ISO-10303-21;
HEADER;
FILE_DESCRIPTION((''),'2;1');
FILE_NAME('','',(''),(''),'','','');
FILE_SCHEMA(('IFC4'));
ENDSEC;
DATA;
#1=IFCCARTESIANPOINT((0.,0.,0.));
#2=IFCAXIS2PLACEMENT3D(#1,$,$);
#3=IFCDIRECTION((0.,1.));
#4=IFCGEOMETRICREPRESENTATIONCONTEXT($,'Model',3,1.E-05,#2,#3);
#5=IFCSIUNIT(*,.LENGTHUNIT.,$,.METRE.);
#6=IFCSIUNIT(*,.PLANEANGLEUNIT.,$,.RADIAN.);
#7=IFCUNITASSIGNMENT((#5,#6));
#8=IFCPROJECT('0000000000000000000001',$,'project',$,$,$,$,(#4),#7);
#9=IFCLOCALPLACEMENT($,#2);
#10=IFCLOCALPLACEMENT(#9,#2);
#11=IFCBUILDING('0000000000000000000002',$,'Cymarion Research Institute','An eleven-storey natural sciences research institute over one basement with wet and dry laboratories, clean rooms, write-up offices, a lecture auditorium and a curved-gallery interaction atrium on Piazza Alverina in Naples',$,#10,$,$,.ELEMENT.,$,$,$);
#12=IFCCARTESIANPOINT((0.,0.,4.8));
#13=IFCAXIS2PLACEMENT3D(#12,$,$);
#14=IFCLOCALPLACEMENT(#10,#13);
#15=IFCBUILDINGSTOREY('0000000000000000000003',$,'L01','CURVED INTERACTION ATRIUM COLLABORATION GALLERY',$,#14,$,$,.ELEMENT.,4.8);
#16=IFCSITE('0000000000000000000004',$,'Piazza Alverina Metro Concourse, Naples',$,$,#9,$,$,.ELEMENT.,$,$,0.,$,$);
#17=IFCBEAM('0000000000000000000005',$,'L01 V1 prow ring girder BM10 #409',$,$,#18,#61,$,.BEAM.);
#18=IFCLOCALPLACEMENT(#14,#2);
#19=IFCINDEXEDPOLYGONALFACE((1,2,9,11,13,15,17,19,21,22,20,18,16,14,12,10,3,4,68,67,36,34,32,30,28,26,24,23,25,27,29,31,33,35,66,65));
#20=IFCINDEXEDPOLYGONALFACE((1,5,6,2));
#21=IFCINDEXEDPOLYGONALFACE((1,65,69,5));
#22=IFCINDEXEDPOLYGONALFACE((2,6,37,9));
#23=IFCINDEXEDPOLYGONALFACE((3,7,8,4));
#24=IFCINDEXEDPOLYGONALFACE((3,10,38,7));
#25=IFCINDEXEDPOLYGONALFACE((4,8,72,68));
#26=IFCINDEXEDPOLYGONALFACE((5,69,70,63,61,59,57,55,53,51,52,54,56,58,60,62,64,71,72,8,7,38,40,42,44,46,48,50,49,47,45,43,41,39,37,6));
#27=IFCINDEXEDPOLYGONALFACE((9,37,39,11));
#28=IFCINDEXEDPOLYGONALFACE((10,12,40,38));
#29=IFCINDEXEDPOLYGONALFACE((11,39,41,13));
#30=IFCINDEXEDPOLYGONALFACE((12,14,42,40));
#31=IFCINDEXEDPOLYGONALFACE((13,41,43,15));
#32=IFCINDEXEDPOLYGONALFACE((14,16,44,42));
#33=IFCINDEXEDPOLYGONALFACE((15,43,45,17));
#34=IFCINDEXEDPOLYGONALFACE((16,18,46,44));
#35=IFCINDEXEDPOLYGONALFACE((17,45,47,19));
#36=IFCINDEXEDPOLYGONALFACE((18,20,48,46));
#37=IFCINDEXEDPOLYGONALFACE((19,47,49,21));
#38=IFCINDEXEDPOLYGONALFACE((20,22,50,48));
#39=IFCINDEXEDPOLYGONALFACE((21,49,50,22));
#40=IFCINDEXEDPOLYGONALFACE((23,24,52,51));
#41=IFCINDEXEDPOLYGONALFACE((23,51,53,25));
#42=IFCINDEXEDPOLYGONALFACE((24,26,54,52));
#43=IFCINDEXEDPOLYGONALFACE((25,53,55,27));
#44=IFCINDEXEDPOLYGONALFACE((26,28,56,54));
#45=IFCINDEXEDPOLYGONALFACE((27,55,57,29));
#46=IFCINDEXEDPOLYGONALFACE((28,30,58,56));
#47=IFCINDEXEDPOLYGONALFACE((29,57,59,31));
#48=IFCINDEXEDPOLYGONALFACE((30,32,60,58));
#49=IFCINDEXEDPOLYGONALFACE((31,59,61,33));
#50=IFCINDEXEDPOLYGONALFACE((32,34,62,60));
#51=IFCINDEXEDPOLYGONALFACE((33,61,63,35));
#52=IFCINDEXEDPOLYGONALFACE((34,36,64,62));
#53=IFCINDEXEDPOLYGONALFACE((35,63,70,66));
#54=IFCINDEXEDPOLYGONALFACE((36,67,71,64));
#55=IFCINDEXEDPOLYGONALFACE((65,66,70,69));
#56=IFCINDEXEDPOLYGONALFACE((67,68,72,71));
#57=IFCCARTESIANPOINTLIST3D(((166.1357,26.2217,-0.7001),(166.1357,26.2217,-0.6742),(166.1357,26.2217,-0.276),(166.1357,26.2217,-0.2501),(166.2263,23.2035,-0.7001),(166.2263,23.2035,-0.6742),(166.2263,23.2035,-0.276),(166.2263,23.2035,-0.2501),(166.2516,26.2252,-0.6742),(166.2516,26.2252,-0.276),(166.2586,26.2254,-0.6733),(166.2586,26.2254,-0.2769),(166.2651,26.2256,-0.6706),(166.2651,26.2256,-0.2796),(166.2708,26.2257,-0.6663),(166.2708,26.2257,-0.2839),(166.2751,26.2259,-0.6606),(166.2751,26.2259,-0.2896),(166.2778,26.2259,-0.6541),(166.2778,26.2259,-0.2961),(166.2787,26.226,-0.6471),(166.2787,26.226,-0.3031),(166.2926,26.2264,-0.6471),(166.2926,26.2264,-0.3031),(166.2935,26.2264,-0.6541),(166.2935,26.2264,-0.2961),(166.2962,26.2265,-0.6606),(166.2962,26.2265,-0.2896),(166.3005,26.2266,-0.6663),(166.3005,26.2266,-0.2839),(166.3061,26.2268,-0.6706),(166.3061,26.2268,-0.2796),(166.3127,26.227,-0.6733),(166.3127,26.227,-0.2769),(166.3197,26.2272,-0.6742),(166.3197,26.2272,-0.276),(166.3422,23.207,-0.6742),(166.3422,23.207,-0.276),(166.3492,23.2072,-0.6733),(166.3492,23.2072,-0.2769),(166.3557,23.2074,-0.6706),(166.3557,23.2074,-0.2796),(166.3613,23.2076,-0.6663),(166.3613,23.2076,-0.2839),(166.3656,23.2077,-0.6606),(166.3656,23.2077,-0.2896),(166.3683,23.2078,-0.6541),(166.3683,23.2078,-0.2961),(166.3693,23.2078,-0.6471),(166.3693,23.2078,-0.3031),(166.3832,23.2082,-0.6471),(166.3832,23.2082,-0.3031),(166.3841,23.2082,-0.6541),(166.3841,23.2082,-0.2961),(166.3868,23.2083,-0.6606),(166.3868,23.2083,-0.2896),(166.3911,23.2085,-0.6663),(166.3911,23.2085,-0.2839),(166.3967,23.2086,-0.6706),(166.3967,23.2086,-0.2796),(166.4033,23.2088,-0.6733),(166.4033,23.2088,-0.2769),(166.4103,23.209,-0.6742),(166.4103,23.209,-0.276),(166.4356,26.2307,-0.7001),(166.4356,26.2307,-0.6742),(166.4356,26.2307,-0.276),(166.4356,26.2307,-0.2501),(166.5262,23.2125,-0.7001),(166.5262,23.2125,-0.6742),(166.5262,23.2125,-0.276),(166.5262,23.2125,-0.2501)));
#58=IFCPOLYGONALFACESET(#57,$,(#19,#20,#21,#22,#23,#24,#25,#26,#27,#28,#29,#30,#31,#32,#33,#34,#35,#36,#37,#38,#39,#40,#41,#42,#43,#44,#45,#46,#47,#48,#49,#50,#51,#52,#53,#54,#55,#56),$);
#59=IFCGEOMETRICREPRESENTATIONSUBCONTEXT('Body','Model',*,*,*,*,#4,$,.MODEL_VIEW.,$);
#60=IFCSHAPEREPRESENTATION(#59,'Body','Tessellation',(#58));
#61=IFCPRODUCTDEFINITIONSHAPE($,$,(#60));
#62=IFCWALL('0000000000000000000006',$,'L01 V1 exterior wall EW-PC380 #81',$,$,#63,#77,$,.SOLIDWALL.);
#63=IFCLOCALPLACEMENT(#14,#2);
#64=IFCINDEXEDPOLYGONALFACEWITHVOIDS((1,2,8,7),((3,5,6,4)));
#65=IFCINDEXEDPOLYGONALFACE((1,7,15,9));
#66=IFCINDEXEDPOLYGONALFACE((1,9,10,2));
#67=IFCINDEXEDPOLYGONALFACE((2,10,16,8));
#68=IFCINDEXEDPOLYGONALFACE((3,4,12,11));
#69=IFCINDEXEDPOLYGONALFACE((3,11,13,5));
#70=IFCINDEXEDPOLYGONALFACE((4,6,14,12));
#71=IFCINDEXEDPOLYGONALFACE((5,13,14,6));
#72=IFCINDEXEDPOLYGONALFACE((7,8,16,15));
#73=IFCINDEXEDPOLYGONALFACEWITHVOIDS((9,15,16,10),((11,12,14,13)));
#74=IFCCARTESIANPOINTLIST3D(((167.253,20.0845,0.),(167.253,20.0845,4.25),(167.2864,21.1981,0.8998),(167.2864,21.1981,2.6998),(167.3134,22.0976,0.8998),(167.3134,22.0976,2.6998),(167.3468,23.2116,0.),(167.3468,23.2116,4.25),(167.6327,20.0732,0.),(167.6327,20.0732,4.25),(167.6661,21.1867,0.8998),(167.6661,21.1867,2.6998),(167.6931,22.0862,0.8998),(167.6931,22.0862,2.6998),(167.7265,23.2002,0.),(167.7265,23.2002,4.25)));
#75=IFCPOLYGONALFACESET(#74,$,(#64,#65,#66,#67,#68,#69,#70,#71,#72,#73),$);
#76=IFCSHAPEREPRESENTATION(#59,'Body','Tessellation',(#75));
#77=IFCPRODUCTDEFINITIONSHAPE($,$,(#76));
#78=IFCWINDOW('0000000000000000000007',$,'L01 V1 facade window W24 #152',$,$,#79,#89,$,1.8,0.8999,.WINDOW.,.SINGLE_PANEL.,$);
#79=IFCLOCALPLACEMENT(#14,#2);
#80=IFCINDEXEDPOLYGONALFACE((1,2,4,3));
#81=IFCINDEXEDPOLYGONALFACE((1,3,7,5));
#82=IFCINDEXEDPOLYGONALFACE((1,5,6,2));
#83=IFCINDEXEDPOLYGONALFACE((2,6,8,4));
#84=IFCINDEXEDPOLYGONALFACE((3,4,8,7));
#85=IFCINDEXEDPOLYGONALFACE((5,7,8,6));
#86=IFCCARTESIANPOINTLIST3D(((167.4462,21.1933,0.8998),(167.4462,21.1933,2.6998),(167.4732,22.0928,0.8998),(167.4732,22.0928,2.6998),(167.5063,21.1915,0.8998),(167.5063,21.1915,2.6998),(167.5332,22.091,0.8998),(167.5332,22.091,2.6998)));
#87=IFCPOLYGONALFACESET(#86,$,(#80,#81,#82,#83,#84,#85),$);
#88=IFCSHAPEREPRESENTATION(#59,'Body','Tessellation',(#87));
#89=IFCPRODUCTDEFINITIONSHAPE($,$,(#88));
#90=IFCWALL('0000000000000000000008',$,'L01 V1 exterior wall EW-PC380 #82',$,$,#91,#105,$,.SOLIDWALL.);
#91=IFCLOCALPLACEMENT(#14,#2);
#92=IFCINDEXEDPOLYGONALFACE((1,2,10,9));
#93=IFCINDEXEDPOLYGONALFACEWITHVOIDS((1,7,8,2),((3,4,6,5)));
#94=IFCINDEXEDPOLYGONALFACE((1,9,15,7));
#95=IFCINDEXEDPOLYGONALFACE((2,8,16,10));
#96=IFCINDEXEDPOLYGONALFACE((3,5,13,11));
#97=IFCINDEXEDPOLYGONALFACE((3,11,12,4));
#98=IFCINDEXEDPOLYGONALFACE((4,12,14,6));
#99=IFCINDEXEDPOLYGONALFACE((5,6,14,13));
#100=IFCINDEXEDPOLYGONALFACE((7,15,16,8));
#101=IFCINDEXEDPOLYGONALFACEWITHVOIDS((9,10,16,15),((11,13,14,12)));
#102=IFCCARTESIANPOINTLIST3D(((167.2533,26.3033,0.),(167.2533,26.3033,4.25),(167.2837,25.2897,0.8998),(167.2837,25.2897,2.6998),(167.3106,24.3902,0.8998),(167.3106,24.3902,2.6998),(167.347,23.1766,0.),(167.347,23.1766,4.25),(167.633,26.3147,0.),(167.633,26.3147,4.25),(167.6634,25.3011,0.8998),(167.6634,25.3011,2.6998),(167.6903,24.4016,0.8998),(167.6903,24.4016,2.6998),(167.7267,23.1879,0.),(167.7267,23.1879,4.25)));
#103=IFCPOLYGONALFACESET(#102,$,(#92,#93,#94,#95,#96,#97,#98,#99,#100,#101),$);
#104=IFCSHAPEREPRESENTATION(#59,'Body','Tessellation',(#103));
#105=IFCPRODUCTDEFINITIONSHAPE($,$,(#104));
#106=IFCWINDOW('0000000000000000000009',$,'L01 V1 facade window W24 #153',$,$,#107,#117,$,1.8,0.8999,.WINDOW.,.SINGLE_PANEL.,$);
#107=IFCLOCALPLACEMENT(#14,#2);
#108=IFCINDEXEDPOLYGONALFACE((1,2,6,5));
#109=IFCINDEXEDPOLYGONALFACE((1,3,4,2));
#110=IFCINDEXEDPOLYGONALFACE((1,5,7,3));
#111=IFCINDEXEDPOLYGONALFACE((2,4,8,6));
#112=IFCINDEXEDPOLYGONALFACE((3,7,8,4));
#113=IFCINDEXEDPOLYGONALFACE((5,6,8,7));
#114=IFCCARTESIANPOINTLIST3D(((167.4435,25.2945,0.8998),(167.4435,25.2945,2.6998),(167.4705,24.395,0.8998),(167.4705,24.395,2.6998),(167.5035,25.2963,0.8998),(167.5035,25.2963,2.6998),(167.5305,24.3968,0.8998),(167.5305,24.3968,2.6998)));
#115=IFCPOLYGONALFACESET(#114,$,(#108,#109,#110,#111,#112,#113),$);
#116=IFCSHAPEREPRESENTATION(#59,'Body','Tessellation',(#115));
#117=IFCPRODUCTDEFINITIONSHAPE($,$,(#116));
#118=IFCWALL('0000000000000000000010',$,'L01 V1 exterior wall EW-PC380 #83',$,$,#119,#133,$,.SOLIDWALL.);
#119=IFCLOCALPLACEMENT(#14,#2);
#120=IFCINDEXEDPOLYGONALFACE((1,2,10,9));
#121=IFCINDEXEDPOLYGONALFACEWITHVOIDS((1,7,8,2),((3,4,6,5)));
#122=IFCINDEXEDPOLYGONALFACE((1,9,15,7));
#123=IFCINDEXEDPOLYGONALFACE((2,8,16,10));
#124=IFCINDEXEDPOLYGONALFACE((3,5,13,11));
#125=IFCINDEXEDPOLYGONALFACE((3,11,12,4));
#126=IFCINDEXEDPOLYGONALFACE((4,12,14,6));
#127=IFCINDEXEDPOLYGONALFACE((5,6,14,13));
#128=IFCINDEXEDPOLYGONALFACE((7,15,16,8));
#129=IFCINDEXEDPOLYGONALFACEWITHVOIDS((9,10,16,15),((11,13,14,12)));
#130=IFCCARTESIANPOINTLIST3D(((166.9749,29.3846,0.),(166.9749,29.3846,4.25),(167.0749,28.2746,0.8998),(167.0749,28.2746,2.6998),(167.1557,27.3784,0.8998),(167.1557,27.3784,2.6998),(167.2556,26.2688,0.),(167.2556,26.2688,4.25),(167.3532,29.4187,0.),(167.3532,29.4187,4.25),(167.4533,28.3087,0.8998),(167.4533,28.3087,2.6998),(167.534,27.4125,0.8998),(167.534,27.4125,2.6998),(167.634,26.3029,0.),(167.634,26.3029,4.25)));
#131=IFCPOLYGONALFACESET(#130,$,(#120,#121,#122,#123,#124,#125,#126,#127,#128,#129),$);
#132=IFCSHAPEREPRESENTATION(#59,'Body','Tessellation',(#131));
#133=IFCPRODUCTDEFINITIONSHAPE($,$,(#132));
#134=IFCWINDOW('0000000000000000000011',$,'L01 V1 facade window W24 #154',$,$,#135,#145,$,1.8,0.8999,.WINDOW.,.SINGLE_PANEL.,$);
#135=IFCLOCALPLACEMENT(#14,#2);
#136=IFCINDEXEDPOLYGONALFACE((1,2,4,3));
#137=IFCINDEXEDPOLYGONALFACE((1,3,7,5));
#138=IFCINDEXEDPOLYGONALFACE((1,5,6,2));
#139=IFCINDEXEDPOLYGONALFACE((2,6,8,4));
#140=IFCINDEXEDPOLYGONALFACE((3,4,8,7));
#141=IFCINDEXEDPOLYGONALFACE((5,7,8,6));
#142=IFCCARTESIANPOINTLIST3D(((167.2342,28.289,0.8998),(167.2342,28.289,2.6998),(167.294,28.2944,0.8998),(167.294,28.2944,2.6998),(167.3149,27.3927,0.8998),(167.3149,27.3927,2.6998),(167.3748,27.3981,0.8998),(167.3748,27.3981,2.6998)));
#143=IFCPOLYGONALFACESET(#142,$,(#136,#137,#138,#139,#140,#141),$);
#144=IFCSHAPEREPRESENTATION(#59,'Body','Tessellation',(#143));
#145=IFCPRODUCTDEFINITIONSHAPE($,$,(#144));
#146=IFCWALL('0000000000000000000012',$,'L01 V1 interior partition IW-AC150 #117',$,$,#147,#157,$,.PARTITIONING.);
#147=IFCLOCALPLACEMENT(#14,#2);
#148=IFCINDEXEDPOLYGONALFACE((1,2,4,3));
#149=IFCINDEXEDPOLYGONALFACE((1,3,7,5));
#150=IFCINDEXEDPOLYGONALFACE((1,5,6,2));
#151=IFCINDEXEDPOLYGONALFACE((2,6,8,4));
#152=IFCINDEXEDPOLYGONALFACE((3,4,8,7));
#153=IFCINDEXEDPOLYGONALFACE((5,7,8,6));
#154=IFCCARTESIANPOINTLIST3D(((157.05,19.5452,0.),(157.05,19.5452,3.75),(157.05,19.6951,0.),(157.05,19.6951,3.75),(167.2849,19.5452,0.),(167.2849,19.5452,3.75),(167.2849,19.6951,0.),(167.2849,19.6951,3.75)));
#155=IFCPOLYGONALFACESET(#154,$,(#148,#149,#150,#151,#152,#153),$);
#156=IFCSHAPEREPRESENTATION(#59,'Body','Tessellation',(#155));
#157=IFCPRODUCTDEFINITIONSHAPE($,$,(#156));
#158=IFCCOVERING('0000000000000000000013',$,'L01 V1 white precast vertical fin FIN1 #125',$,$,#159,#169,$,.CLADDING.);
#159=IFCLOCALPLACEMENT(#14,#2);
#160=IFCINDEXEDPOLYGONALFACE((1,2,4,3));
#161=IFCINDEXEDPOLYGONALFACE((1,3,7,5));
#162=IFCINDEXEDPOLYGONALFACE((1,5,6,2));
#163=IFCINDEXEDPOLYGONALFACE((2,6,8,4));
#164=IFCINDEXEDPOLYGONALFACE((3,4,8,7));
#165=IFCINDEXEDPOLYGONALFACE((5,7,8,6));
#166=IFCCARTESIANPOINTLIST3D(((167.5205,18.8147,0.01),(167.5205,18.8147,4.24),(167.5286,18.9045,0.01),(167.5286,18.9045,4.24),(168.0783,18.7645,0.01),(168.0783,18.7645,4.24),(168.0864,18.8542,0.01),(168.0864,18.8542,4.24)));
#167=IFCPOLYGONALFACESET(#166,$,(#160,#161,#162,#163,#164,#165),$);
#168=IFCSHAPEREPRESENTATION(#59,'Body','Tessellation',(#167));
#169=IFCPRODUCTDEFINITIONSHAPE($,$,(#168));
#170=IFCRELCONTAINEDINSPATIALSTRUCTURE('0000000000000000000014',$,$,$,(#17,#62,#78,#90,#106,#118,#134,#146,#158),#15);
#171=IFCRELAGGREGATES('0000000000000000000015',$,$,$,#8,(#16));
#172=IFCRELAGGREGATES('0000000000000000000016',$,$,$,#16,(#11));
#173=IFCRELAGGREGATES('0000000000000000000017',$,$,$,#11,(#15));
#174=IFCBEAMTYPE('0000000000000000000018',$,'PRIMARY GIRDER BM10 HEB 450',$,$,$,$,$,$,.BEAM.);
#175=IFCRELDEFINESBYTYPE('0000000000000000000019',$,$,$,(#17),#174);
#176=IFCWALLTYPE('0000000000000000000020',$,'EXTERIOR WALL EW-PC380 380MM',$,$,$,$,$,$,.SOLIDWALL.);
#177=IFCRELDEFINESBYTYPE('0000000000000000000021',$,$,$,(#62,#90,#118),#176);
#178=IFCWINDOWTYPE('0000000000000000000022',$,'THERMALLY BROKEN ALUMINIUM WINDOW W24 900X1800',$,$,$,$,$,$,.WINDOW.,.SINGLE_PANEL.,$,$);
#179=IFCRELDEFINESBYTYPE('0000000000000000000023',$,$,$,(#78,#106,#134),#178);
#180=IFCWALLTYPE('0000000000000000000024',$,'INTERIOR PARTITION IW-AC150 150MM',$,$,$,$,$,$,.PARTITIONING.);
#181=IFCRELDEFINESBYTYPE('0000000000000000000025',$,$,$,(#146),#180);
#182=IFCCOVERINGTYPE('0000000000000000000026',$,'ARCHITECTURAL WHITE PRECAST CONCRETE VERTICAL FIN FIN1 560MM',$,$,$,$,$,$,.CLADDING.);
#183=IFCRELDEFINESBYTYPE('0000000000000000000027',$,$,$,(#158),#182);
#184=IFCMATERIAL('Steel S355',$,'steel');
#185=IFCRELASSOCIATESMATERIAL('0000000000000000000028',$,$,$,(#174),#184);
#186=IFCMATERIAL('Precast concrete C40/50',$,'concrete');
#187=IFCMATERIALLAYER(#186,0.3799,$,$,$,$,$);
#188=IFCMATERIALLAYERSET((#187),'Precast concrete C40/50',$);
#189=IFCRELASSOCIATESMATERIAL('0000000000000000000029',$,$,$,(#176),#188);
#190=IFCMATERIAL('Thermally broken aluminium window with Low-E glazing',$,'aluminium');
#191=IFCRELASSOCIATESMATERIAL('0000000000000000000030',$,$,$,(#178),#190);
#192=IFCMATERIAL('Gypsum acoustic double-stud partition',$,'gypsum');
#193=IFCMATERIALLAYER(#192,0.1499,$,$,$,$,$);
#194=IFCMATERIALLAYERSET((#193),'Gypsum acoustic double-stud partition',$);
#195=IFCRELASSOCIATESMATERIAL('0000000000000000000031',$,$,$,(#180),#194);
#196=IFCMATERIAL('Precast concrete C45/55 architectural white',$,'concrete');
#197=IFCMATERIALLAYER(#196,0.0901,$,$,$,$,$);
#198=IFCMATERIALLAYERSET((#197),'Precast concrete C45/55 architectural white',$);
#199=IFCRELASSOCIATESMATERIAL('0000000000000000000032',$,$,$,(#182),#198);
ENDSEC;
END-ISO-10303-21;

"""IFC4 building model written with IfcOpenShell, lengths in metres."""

from ifc_helpers import new_model, si_unit, direction, frame, frame_2d, origin, origin_2d, place, context, subcontext, project, spatial, rectangle, i_section, extrude, material, layer, layer_set, material_profile, profile_set, type_object, element, fill, save


model = new_model("IFC4")

# Units and contexts
model_context = context("Model", 3, precision=1e-05, world=origin(), true_north=direction((0.0, 1.0)))
body_context = subcontext(model_context, "Body", "Model", "MODEL_VIEW")
ifc_project = project(units=[si_unit("LENGTHUNIT", "METRE"), si_unit("PLANEANGLEUNIT", "RADIAN")], contexts=[model_context])

# Site, building, storey
site_placement = place(None, origin())
site = spatial("IfcSite", under=ifc_project, at=site_placement, Name="Piazza Alverina Metro Concourse, Naples", CompositionType="ELEMENT", RefElevation=0.0)
building_placement = place(site_placement, origin())
building = spatial("IfcBuilding", under=site, at=building_placement, Name="Cymarion Research Institute", Description="An eleven-storey natural sciences research institute over one basement with wet and dry laboratories, clean rooms, write-up offices, a lecture auditorium and a curved-gallery interaction atrium on Piazza Alverina in Naples", CompositionType="ELEMENT")
storey_placement = place(building_placement, frame((0.0, 0.0, 4.8)))
storey = spatial("IfcBuildingStorey", under=building, at=storey_placement, Name="L01", Description="CURVED INTERACTION ATRIUM COLLABORATION GALLERY", CompositionType="ELEMENT", Elevation=4.8)

# Shared definitions
ifc_material_1 = material(Name="Steel S355", Category="steel")

# Beam
ifc_material_profile_1 = material_profile(ifc_material_1, i_section(OverallWidth=0.3, OverallDepth=0.45, WebThickness=0.0139, FlangeThickness=0.0259, FilletRadius=0.0271, at=origin_2d()), Name="HEB 450")
ifc_profile_set_1 = profile_set([ifc_material_profile_1], Name="Steel S355")
beam_type = type_object("IfcBeamType", Name="PRIMARY GIRDER BM10 HEB 450", PredefinedType="BEAM", material=ifc_profile_set_1)
beam_1_placement = place(storey_placement, frame((166.3762, 23.208, -0.4751), z_axis=(-0.029998, 0.99955, 0.0), x_axis=(-0.99955, -0.029998, 0.0)))
element("IfcBeam", 1, at=beam_1_placement, inside=storey, type_object=beam_type, Name="L01 V1 prow ring girder BM10 #409", PredefinedType="BEAM", context=body_context, shape_type="SweptSolid", body=[
    extrude(i_section(OverallWidth=0.3, OverallDepth=0.45, WebThickness=0.0139, FlangeThickness=0.0259, FilletRadius=0.0271, at=origin_2d()), origin(), (0.0, 0.0, 1.0), 3.0195),
])

# Walls, openings, windows
ifc_material_2 = material(Name="Precast concrete C40/50", Category="concrete")
ifc_layer_1 = layer(ifc_material_2, 0.3799)
ifc_layer_set_1 = layer_set([ifc_layer_1], Name="Precast concrete C40/50")
wall_type_1 = type_object("IfcWallType", Name="EXTERIOR WALL EW-PC380 380MM", PredefinedType="SOLIDWALL", material=ifc_layer_set_1)
wall_1_placement = place(storey_placement, frame((167.4429, 20.0789, 0.0), z_axis=(0.0, 0.0, 1.0), x_axis=(0.029968, 0.999551, 0.0)))
wall_1 = element("IfcWall", 2, at=wall_1_placement, inside=storey, type_object=wall_type_1, Name="L01 V1 exterior wall EW-PC380 #81", PredefinedType="SOLIDWALL", context=body_context, shape_type="SweptSolid", body=[
    extrude(rectangle(XDim=3.1284, YDim=0.3799, at=frame_2d((1.5642, 0.0))), origin(), (0.0, 0.0, 1.0), 4.25),
])
opening_1_placement = place(wall_1_placement, frame((1.114, 0.0, 0.8999)))
opening_1 = element("IfcOpeningElement", 3, at=opening_1_placement, cuts=wall_1, PredefinedType="OPENING", context=body_context, shape_type="SweptSolid", body=[
    extrude(rectangle(XDim=0.8999, YDim=1.8, at=frame_2d((0.45, 0.8999))), frame((0.0, 0.2, 0.0), z_axis=(0.0, -1.0, 0.0), x_axis=(1.0, 0.0, 0.0)), (0.0, 0.0, 1.0), 0.3999),
])
ifc_material_3 = material(Name="Thermally broken aluminium window with Low-E glazing", Category="aluminium")
window_type = type_object("IfcWindowType", Name="THERMALLY BROKEN ALUMINIUM WINDOW W24 900X1800", PartitioningType="SINGLE_PANEL", PredefinedType="WINDOW", material=ifc_material_3)
window_1_placement = place(opening_1_placement, origin())
window_1 = element("IfcWindow", 4, at=window_1_placement, inside=storey, type_object=window_type, Name="L01 V1 facade window W24 #152", OverallHeight=1.8, OverallWidth=0.8999, PartitioningType="SINGLE_PANEL", PredefinedType="WINDOW", context=body_context, shape_type="SweptSolid", body=[
    extrude(rectangle(XDim=0.8999, YDim=1.8, at=frame_2d((0.45, 0.8999))), frame((0.0, 0.03, 0.0), z_axis=(0.0, -1.0, 0.0), x_axis=(1.0, 0.0, 0.0)), (0.0, 0.0, 1.0), 0.0601),
])
fill(opening_1, window_1)
wall_2_placement = place(storey_placement, frame((167.5369, 23.1824, 0.0), z_axis=(0.0, 0.0, 1.0), x_axis=(-0.02997, 0.999551, 0.0)))
wall_2 = element("IfcWall", 5, at=wall_2_placement, inside=storey, type_object=wall_type_1, Name="L01 V1 exterior wall EW-PC380 #82", PredefinedType="SOLIDWALL", context=body_context, shape_type="SweptSolid", body=[
    extrude(rectangle(XDim=3.1282, YDim=0.3799, at=frame_2d((1.564, 0.0))), origin(), (0.0, 0.0, 1.0), 4.25),
])
opening_2_placement = place(wall_2_placement, frame((1.2141, 0.0, 0.8999)))
opening_2 = element("IfcOpeningElement", 6, at=opening_2_placement, cuts=wall_2, PredefinedType="OPENING", context=body_context, shape_type="SweptSolid", body=[
    extrude(rectangle(XDim=0.8999, YDim=1.8, at=frame_2d((0.45, 0.8999))), frame((0.0, 0.2, 0.0), z_axis=(0.0, -1.0, 0.0), x_axis=(1.0, 0.0, 0.0)), (0.0, 0.0, 1.0), 0.3999),
])
window_2_placement = place(opening_2_placement, origin())
window_2 = element("IfcWindow", 7, at=window_2_placement, inside=storey, type_object=window_type, Name="L01 V1 facade window W24 #153", OverallHeight=1.8, OverallWidth=0.8999, PartitioningType="SINGLE_PANEL", PredefinedType="WINDOW", context=body_context, shape_type="SweptSolid", body=[
    extrude(rectangle(XDim=0.8999, YDim=1.8, at=frame_2d((0.45, 0.8999))), frame((0.0, 0.03, 0.0), z_axis=(0.0, -1.0, 0.0), x_axis=(1.0, 0.0, 0.0)), (0.0, 0.0, 1.0), 0.0601),
])
fill(opening_2, window_2)
wall_3_placement = place(storey_placement, frame((167.4448, 26.2859, 0.0), z_axis=(0.0, 0.0, 1.0), x_axis=(-0.089748, 0.995965, 0.0)))
wall_3 = element("IfcWall", 8, at=wall_3_placement, inside=storey, type_object=wall_type_1, Name="L01 V1 exterior wall EW-PC380 #83", PredefinedType="SOLIDWALL", context=body_context, shape_type="SweptSolid", body=[
    extrude(rectangle(XDim=3.1284, YDim=0.3799, at=frame_2d((1.5642, 0.0))), origin(), (0.0, 0.0, 1.0), 4.25),
])
opening_3_placement = place(wall_3_placement, frame((1.114, 0.0, 0.8999)))
opening_3 = element("IfcOpeningElement", 9, at=opening_3_placement, cuts=wall_3, PredefinedType="OPENING", context=body_context, shape_type="SweptSolid", body=[
    extrude(rectangle(XDim=0.8999, YDim=1.8, at=frame_2d((0.45, 0.8999))), frame((0.0, 0.2, 0.0), z_axis=(0.0, -1.0, 0.0), x_axis=(1.0, 0.0, 0.0)), (0.0, 0.0, 1.0), 0.3999),
])
window_3_placement = place(opening_3_placement, origin())
window_3 = element("IfcWindow", 10, at=window_3_placement, inside=storey, type_object=window_type, Name="L01 V1 facade window W24 #154", OverallHeight=1.8, OverallWidth=0.8999, PartitioningType="SINGLE_PANEL", PredefinedType="WINDOW", context=body_context, shape_type="SweptSolid", body=[
    extrude(rectangle(XDim=0.8999, YDim=1.8, at=frame_2d((0.45, 0.8999))), frame((0.0, 0.03, 0.0), z_axis=(0.0, -1.0, 0.0), x_axis=(1.0, 0.0, 0.0)), (0.0, 0.0, 1.0), 0.0601),
])
fill(opening_3, window_3)

# Wall
ifc_material_4 = material(Name="Gypsum acoustic double-stud partition", Category="gypsum")
ifc_layer_2 = layer(ifc_material_4, 0.1499)
ifc_layer_set_2 = layer_set([ifc_layer_2], Name="Gypsum acoustic double-stud partition")
wall_type_2 = type_object("IfcWallType", Name="INTERIOR PARTITION IW-AC150 150MM", PredefinedType="PARTITIONING", material=ifc_layer_set_2)
wall_4_placement = place(storey_placement, frame((157.05, 19.6201, 0.0), z_axis=(0.0, 0.0, 1.0), x_axis=(1.0, 0.0, 0.0)))
element("IfcWall", 11, at=wall_4_placement, inside=storey, type_object=wall_type_2, Name="L01 V1 interior partition IW-AC150 #117", PredefinedType="PARTITIONING", context=body_context, shape_type="SweptSolid", body=[
    extrude(rectangle(XDim=10.2349, YDim=0.1499, at=frame_2d((5.1174, 0.0))), origin(), (0.0, 0.0, 1.0), 3.75),
])

# Covering
ifc_material_5 = material(Name="Precast concrete C45/55 architectural white", Category="concrete")
ifc_layer_3 = layer(ifc_material_5, 0.0901)
ifc_layer_set_3 = layer_set([ifc_layer_3], Name="Precast concrete C45/55 architectural white")
covering_type = type_object("IfcCoveringType", Name="ARCHITECTURAL WHITE PRECAST CONCRETE VERTICAL FIN FIN1 560MM", PredefinedType="CLADDING", material=ifc_layer_set_3)
for number, where, z_axis, x_axis, name in (
    (12, (167.8035, 18.8345, 0.01), (0.0, 0.0, 1.0), (0.995963, -0.089763, 0.0), "L01 V1 white precast vertical fin FIN1 #125"),
):
    element("IfcCovering", number, at=place(storey_placement, frame(where, z_axis=z_axis, x_axis=x_axis)), inside=storey, type_object=covering_type, Name=name, PredefinedType="CLADDING", context=body_context, shape_type="SweptSolid", body=[
        extrude(rectangle(XDim=0.5601, YDim=0.0901, at=origin_2d()), origin(), (0.0, 0.0, 1.0), 4.23),
    ])

save(model, "model.ifc")
